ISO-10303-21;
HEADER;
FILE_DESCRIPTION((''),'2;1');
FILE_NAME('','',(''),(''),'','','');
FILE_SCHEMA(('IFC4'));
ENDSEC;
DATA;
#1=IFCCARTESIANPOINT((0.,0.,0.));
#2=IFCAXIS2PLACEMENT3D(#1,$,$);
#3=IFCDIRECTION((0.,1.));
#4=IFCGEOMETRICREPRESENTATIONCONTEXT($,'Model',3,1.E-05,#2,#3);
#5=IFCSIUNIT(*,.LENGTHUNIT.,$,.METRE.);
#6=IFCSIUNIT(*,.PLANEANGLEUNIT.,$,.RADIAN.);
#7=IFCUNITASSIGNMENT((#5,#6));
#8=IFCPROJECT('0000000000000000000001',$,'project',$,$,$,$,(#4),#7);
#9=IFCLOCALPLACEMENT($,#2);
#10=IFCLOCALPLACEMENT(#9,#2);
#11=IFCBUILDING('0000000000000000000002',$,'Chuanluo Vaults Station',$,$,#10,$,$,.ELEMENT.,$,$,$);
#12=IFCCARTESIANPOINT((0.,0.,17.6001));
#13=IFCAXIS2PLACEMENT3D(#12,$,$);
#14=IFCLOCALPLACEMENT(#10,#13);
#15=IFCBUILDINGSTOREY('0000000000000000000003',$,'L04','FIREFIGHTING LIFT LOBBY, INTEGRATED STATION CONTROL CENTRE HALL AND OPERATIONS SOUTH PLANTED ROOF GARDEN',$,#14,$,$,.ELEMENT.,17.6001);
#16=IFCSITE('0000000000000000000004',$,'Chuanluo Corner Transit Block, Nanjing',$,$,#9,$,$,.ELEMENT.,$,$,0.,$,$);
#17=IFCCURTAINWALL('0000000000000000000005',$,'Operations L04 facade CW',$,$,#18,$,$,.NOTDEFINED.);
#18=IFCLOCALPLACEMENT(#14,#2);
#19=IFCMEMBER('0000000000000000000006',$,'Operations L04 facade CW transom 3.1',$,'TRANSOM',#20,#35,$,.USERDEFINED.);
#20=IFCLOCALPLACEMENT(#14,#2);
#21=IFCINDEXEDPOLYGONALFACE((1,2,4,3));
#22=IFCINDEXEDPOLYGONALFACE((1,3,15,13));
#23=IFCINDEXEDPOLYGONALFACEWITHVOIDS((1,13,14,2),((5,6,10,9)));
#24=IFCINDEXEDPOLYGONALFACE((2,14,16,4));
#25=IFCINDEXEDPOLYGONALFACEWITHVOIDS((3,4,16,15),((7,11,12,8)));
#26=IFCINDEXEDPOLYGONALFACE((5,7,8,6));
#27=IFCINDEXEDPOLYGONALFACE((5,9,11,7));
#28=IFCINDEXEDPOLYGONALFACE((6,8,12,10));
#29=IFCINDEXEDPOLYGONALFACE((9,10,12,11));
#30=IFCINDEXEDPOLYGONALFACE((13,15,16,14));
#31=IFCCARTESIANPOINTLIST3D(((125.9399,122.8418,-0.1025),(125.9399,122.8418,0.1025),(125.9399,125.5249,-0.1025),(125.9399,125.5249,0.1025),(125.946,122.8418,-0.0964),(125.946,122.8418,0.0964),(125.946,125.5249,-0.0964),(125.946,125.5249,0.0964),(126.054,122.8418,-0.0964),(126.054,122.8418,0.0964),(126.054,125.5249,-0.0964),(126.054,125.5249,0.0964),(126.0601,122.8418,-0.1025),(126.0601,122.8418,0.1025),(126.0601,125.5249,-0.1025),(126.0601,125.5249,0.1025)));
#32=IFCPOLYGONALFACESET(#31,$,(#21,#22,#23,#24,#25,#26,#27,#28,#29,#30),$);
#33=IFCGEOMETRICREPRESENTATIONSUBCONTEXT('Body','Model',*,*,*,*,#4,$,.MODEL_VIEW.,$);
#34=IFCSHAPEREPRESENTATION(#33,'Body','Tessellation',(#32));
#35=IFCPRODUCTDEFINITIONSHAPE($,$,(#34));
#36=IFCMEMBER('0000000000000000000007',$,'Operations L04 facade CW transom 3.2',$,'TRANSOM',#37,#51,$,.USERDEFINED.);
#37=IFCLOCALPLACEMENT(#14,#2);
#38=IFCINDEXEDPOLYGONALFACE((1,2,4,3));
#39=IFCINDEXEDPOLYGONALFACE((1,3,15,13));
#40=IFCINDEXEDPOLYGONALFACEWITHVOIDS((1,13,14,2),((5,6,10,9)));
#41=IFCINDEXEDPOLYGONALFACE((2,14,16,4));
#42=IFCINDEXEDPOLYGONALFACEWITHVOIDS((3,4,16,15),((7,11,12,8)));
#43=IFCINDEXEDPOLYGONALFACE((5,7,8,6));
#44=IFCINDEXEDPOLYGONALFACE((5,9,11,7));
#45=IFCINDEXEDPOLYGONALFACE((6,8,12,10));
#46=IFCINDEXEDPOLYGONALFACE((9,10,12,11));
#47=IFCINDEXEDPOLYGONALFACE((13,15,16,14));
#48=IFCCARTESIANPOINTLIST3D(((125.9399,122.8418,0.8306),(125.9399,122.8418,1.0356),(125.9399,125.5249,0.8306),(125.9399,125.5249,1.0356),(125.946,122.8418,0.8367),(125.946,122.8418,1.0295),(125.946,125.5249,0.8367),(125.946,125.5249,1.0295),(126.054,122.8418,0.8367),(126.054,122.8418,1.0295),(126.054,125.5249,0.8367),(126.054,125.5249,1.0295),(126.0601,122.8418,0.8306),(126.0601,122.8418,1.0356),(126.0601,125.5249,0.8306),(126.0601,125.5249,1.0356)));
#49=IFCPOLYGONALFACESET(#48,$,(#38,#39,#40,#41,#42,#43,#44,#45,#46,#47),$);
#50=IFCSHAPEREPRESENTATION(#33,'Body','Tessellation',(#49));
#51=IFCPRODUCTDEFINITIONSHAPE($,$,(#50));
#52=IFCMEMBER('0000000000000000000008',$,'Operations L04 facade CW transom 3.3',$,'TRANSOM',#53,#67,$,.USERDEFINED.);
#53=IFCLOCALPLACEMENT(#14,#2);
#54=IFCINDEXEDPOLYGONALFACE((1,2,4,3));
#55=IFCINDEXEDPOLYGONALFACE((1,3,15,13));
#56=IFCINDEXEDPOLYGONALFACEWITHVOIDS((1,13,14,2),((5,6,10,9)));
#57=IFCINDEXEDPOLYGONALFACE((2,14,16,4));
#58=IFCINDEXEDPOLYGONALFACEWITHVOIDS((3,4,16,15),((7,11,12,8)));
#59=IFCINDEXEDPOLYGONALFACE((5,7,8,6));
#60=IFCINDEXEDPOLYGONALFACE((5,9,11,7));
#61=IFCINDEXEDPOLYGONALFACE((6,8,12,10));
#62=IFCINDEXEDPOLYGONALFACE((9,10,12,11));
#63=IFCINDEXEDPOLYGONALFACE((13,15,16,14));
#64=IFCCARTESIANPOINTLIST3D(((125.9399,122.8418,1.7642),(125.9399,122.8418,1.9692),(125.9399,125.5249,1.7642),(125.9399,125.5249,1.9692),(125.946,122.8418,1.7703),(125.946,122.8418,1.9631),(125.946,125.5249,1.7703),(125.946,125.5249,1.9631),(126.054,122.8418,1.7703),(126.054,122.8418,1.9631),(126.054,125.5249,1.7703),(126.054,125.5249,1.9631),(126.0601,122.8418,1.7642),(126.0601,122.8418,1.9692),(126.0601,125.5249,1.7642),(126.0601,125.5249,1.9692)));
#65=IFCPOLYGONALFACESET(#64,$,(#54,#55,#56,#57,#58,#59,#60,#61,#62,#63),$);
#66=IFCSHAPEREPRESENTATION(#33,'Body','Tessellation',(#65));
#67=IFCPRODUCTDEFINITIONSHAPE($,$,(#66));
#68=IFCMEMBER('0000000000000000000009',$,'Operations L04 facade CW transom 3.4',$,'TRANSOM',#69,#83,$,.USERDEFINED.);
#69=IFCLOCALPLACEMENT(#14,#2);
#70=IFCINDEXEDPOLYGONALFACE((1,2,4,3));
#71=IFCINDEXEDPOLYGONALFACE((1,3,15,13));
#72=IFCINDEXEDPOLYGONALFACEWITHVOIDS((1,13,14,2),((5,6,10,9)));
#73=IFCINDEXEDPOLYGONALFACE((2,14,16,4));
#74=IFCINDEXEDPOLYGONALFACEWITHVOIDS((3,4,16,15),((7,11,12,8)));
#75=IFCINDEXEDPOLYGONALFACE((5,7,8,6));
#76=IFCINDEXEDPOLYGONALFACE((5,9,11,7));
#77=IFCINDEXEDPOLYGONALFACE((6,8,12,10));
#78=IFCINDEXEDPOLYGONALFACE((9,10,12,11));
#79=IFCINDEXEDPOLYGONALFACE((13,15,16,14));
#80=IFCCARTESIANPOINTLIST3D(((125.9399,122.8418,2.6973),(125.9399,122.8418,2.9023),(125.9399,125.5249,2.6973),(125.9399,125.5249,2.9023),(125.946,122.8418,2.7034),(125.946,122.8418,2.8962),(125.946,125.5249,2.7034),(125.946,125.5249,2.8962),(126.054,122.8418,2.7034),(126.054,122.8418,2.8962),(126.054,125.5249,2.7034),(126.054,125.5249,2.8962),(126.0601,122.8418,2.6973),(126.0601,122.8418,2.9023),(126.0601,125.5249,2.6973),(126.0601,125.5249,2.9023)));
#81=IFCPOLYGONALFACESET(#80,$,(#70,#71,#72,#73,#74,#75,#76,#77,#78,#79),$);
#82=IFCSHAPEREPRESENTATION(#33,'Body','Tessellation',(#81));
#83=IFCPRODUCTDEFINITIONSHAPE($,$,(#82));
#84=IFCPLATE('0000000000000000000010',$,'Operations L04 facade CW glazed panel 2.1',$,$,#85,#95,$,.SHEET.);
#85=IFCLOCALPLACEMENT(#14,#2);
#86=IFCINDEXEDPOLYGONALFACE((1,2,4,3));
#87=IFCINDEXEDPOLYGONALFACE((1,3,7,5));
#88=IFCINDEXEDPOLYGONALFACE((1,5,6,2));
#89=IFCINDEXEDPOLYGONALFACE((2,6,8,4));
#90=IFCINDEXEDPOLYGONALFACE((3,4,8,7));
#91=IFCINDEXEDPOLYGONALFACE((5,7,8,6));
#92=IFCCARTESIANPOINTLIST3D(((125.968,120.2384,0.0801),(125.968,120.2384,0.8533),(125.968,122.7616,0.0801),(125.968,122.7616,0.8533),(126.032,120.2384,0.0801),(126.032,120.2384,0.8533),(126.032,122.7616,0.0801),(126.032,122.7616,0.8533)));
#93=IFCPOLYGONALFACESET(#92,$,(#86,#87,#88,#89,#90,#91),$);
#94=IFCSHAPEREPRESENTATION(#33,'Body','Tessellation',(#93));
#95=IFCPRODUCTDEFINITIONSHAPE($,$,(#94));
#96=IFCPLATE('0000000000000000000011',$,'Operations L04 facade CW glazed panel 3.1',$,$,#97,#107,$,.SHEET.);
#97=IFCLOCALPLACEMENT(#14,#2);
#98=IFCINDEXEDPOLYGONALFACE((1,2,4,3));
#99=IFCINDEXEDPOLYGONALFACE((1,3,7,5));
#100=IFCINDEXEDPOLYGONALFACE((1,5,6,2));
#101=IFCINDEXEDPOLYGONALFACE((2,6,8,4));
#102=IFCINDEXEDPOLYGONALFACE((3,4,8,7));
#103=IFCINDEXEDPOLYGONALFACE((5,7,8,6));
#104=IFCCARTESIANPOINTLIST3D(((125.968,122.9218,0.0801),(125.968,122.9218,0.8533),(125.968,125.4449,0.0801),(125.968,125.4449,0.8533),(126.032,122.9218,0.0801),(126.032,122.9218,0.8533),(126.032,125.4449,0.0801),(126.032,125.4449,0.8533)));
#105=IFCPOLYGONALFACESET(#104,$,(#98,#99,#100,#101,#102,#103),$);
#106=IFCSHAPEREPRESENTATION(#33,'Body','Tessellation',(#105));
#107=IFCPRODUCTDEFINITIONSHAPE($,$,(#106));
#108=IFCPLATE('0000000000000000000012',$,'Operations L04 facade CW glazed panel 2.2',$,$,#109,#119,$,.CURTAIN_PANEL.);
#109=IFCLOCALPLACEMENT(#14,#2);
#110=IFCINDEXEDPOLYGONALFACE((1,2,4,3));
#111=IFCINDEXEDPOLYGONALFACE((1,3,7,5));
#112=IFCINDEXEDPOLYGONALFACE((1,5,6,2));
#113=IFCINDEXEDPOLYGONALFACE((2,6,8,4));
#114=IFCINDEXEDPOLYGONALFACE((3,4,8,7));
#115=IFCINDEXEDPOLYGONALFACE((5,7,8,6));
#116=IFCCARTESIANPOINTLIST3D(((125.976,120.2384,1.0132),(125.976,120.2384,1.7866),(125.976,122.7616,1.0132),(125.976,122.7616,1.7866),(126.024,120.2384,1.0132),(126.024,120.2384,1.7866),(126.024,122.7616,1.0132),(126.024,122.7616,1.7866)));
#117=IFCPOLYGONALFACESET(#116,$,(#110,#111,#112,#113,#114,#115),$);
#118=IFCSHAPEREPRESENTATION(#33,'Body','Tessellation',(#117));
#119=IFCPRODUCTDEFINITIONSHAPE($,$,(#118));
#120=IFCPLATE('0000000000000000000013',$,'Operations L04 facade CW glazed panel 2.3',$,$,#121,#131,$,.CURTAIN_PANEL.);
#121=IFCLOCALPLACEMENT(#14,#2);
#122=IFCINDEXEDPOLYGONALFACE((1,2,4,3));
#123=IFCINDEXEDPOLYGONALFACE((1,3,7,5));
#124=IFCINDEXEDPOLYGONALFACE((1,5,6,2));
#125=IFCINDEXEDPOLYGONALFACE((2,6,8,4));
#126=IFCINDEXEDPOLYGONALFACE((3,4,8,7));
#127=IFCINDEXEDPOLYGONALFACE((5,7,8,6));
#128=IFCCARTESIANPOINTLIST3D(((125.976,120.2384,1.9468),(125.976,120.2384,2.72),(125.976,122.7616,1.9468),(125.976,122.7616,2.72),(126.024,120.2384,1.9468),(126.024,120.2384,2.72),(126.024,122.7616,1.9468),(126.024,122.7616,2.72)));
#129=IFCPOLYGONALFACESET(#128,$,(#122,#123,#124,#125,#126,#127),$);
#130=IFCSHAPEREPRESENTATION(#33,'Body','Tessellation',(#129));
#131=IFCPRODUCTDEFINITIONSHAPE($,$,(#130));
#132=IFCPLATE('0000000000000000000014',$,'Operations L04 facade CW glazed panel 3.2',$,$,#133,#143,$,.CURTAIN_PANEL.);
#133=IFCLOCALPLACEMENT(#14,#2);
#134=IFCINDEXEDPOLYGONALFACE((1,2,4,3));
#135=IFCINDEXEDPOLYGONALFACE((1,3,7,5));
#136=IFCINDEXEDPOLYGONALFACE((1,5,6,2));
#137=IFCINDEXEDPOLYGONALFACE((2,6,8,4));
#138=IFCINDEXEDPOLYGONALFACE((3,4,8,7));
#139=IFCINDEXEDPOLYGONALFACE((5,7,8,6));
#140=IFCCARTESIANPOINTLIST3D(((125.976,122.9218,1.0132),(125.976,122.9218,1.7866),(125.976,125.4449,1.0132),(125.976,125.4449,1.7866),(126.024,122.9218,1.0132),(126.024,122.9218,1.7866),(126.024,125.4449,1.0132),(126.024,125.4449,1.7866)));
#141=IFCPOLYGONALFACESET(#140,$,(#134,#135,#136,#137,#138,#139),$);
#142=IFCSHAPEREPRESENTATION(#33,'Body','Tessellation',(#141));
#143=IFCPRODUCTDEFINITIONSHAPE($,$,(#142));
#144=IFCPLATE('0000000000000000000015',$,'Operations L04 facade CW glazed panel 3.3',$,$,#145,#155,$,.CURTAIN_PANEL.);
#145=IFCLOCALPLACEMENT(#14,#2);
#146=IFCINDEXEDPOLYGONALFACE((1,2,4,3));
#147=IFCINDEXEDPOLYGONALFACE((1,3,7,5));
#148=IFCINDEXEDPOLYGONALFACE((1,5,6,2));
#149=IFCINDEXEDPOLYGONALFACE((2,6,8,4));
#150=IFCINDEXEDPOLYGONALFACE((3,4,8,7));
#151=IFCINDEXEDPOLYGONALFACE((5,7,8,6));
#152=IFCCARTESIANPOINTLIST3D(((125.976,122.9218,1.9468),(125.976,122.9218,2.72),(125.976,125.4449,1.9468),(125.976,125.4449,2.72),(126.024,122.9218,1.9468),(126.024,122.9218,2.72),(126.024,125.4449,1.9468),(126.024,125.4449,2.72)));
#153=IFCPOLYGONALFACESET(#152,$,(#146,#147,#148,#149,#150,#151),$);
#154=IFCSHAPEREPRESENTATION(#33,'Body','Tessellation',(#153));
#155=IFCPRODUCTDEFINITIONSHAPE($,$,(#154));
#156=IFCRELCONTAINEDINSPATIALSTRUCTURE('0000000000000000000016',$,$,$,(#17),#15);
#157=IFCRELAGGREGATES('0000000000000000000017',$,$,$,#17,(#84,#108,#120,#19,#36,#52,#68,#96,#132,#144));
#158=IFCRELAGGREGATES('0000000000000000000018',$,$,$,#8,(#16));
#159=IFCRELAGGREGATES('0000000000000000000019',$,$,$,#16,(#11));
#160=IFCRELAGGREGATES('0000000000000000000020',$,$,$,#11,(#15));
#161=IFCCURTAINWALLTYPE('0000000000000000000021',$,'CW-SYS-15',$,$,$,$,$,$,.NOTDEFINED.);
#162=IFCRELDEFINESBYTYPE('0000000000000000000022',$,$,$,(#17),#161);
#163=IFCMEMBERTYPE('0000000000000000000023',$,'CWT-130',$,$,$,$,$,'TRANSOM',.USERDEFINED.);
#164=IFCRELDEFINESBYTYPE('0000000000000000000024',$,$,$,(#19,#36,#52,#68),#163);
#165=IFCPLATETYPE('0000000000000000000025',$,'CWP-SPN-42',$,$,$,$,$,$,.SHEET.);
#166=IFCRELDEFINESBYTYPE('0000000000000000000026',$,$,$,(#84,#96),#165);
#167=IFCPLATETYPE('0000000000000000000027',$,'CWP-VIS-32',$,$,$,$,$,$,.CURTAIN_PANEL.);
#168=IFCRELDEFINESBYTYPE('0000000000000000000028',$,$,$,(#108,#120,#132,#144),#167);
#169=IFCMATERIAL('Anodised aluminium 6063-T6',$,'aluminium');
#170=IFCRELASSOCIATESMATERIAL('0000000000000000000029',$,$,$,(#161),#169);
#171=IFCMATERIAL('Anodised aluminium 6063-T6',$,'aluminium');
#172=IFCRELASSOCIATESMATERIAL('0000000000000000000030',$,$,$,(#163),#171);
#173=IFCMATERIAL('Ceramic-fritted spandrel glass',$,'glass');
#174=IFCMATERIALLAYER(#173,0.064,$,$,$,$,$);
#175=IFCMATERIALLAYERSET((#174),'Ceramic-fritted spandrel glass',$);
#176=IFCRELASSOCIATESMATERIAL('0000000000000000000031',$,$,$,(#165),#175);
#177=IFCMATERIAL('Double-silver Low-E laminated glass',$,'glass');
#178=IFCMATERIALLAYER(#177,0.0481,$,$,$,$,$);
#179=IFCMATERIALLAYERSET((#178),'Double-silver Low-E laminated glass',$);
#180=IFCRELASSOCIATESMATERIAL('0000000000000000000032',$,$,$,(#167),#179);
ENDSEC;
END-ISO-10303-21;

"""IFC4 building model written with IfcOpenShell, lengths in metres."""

from ifc_helpers import new_model, si_unit, direction, frame, origin, origin_2d, place, context, subcontext, project, spatial, rectangle, hollow_rectangle, extrude, material, layer, layer_set, material_profile, profile_set, type_object, element, aggregate, save


model = new_model("IFC4")

# Units and contexts
model_context = context("Model", 3, precision=1e-05, world=origin(), true_north=direction((0.0, 1.0)))
body_context = subcontext(model_context, "Body", "Model", "MODEL_VIEW")
ifc_project = project(units=[si_unit("LENGTHUNIT", "METRE"), si_unit("PLANEANGLEUNIT", "RADIAN")], contexts=[model_context])

# Site, building, storey
site_placement = place(None, origin())
site = spatial("IfcSite", under=ifc_project, at=site_placement, Name="Chuanluo Corner Transit Block, Nanjing", CompositionType="ELEMENT", RefElevation=0.0)
building_placement = place(site_placement, origin())
building = spatial("IfcBuilding", under=site, at=building_placement, Name="Chuanluo Vaults Station", CompositionType="ELEMENT")
storey_placement = place(building_placement, frame((0.0, 0.0, 17.6001)))
storey = spatial("IfcBuildingStorey", under=building, at=storey_placement, Name="L04", Description="FIREFIGHTING LIFT LOBBY, INTEGRATED STATION CONTROL CENTRE HALL AND OPERATIONS SOUTH PLANTED ROOF GARDEN", CompositionType="ELEMENT", Elevation=17.6001)

# Curtain wall
ifc_material_1 = material(Name="Anodised aluminium 6063-T6", Category="aluminium")
curtain_wall_type_1 = type_object("IfcCurtainWallType", Name="CW-SYS-15", PredefinedType="NOTDEFINED", material=ifc_material_1)
curtain_wall_1_placement = place(storey_placement, origin())
curtain_wall_1 = element("IfcCurtainWall", 1, at=curtain_wall_1_placement, inside=storey, type_object=curtain_wall_type_1, Name="Operations L04 facade CW", PredefinedType="NOTDEFINED")

# Members
ifc_material_2 = material(Name="Anodised aluminium 6063-T6", Category="aluminium")
ifc_material_profile_1 = material_profile(ifc_material_2, hollow_rectangle(XDim=0.1201, YDim=0.2051, WallThickness=0.0061, at=origin_2d()))
ifc_profile_set_1 = profile_set([ifc_material_profile_1], Name="Anodised aluminium 6063-T6")
member_type_1 = type_object("IfcMemberType", Name="CWT-130", ElementType="TRANSOM", PredefinedType="USERDEFINED", material=ifc_profile_set_1)
member_1_placement = place(storey_placement, frame((126.0, 122.8418, 0.0), z_axis=(0.0, 1.0, 0.0), x_axis=(-1.0, 0.0, 0.0)))
member_1 = element("IfcMember", 2, at=member_1_placement, type_object=member_type_1, Name="Operations L04 facade CW transom 3.1", ObjectType="TRANSOM", PredefinedType="USERDEFINED", context=body_context, shape_type="SweptSolid", body=[
    extrude(hollow_rectangle(XDim=0.1201, YDim=0.2051, WallThickness=0.0061, at=origin_2d()), origin(), (0.0, 0.0, 1.0), 2.6831),
])
member_2_placement = place(storey_placement, frame((126.0, 122.8418, 0.9331), z_axis=(0.0, 1.0, 0.0), x_axis=(-1.0, 0.0, 0.0)))
member_2 = element("IfcMember", 3, at=member_2_placement, type_object=member_type_1, Name="Operations L04 facade CW transom 3.2", ObjectType="TRANSOM", PredefinedType="USERDEFINED", context=body_context, shape_type="SweptSolid", body=[
    extrude(hollow_rectangle(XDim=0.1201, YDim=0.2051, WallThickness=0.0061, at=origin_2d()), origin(), (0.0, 0.0, 1.0), 2.6831),
])
member_3_placement = place(storey_placement, frame((126.0, 122.8418, 1.8667), z_axis=(0.0, 1.0, 0.0), x_axis=(-1.0, 0.0, 0.0)))
member_3 = element("IfcMember", 4, at=member_3_placement, type_object=member_type_1, Name="Operations L04 facade CW transom 3.3", ObjectType="TRANSOM", PredefinedType="USERDEFINED", context=body_context, shape_type="SweptSolid", body=[
    extrude(hollow_rectangle(XDim=0.1201, YDim=0.2051, WallThickness=0.0061, at=origin_2d()), origin(), (0.0, 0.0, 1.0), 2.6831),
])
member_4_placement = place(storey_placement, frame((126.0, 122.8418, 2.7998), z_axis=(0.0, 1.0, 0.0), x_axis=(-1.0, 0.0, 0.0)))
member_4 = element("IfcMember", 5, at=member_4_placement, type_object=member_type_1, Name="Operations L04 facade CW transom 3.4", ObjectType="TRANSOM", PredefinedType="USERDEFINED", context=body_context, shape_type="SweptSolid", body=[
    extrude(hollow_rectangle(XDim=0.1201, YDim=0.2051, WallThickness=0.0061, at=origin_2d()), origin(), (0.0, 0.0, 1.0), 2.6831),
])

# Plates
ifc_material_3 = material(Name="Ceramic-fritted spandrel glass", Category="glass")
ifc_layer_1 = layer(ifc_material_3, 0.064)
ifc_layer_set_1 = layer_set([ifc_layer_1], Name="Ceramic-fritted spandrel glass")
plate_type_1 = type_object("IfcPlateType", Name="CWP-SPN-42", PredefinedType="SHEET", material=ifc_layer_set_1)
plate_1_placement = place(storey_placement, frame((126.0, 121.5, 0.0801), z_axis=(0.0, 0.0, 1.0), x_axis=(0.0, 1.0, 0.0)))
plate_1 = element("IfcPlate", 6, at=plate_1_placement, type_object=plate_type_1, Name="Operations L04 facade CW glazed panel 2.1", PredefinedType="SHEET", context=body_context, shape_type="SweptSolid", body=[
    extrude(rectangle(XDim=2.5232, YDim=0.064, at=origin_2d()), origin(), (0.0, 0.0, 1.0), 0.7732),
])
plate_2_placement = place(storey_placement, frame((126.0, 124.1833, 0.0801), z_axis=(0.0, 0.0, 1.0), x_axis=(0.0, 1.0, 0.0)))
plate_2 = element("IfcPlate", 7, at=plate_2_placement, type_object=plate_type_1, Name="Operations L04 facade CW glazed panel 3.1", PredefinedType="SHEET", context=body_context, shape_type="SweptSolid", body=[
    extrude(rectangle(XDim=2.5232, YDim=0.064, at=origin_2d()), origin(), (0.0, 0.0, 1.0), 0.7732),
])
ifc_material_4 = material(Name="Double-silver Low-E laminated glass", Category="glass")
ifc_layer_2 = layer(ifc_material_4, 0.0481)
ifc_layer_set_2 = layer_set([ifc_layer_2], Name="Double-silver Low-E laminated glass")
plate_type_2 = type_object("IfcPlateType", Name="CWP-VIS-32", PredefinedType="CURTAIN_PANEL", material=ifc_layer_set_2)
plate_3_placement = place(storey_placement, frame((126.0, 121.5, 1.0132), z_axis=(0.0, 0.0, 1.0), x_axis=(0.0, 1.0, 0.0)))
plate_3 = element("IfcPlate", 8, at=plate_3_placement, type_object=plate_type_2, Name="Operations L04 facade CW glazed panel 2.2", PredefinedType="CURTAIN_PANEL", context=body_context, shape_type="SweptSolid", body=[
    extrude(rectangle(XDim=2.5232, YDim=0.0481, at=origin_2d()), origin(), (0.0, 0.0, 1.0), 0.7734),
])
plate_4_placement = place(storey_placement, frame((126.0, 121.5, 1.9468), z_axis=(0.0, 0.0, 1.0), x_axis=(0.0, 1.0, 0.0)))
plate_4 = element("IfcPlate", 9, at=plate_4_placement, type_object=plate_type_2, Name="Operations L04 facade CW glazed panel 2.3", PredefinedType="CURTAIN_PANEL", context=body_context, shape_type="SweptSolid", body=[
    extrude(rectangle(XDim=2.5232, YDim=0.0481, at=origin_2d()), origin(), (0.0, 0.0, 1.0), 0.7732),
])
plate_5_placement = place(storey_placement, frame((126.0, 124.1833, 1.0132), z_axis=(0.0, 0.0, 1.0), x_axis=(0.0, 1.0, 0.0)))
plate_5 = element("IfcPlate", 10, at=plate_5_placement, type_object=plate_type_2, Name="Operations L04 facade CW glazed panel 3.2", PredefinedType="CURTAIN_PANEL", context=body_context, shape_type="SweptSolid", body=[
    extrude(rectangle(XDim=2.5232, YDim=0.0481, at=origin_2d()), origin(), (0.0, 0.0, 1.0), 0.7734),
])
plate_6_placement = place(storey_placement, frame((126.0, 124.1833, 1.9468), z_axis=(0.0, 0.0, 1.0), x_axis=(0.0, 1.0, 0.0)))
plate_6 = element("IfcPlate", 11, at=plate_6_placement, type_object=plate_type_2, Name="Operations L04 facade CW glazed panel 3.3", PredefinedType="CURTAIN_PANEL", context=body_context, shape_type="SweptSolid", body=[
    extrude(rectangle(XDim=2.5232, YDim=0.0481, at=origin_2d()), origin(), (0.0, 0.0, 1.0), 0.7732),
])
aggregate(curtain_wall_1, [plate_1, plate_3, plate_4, member_1, member_2, member_3, member_4, plate_2, plate_5, plate_6])

save(model, "model.ifc")
